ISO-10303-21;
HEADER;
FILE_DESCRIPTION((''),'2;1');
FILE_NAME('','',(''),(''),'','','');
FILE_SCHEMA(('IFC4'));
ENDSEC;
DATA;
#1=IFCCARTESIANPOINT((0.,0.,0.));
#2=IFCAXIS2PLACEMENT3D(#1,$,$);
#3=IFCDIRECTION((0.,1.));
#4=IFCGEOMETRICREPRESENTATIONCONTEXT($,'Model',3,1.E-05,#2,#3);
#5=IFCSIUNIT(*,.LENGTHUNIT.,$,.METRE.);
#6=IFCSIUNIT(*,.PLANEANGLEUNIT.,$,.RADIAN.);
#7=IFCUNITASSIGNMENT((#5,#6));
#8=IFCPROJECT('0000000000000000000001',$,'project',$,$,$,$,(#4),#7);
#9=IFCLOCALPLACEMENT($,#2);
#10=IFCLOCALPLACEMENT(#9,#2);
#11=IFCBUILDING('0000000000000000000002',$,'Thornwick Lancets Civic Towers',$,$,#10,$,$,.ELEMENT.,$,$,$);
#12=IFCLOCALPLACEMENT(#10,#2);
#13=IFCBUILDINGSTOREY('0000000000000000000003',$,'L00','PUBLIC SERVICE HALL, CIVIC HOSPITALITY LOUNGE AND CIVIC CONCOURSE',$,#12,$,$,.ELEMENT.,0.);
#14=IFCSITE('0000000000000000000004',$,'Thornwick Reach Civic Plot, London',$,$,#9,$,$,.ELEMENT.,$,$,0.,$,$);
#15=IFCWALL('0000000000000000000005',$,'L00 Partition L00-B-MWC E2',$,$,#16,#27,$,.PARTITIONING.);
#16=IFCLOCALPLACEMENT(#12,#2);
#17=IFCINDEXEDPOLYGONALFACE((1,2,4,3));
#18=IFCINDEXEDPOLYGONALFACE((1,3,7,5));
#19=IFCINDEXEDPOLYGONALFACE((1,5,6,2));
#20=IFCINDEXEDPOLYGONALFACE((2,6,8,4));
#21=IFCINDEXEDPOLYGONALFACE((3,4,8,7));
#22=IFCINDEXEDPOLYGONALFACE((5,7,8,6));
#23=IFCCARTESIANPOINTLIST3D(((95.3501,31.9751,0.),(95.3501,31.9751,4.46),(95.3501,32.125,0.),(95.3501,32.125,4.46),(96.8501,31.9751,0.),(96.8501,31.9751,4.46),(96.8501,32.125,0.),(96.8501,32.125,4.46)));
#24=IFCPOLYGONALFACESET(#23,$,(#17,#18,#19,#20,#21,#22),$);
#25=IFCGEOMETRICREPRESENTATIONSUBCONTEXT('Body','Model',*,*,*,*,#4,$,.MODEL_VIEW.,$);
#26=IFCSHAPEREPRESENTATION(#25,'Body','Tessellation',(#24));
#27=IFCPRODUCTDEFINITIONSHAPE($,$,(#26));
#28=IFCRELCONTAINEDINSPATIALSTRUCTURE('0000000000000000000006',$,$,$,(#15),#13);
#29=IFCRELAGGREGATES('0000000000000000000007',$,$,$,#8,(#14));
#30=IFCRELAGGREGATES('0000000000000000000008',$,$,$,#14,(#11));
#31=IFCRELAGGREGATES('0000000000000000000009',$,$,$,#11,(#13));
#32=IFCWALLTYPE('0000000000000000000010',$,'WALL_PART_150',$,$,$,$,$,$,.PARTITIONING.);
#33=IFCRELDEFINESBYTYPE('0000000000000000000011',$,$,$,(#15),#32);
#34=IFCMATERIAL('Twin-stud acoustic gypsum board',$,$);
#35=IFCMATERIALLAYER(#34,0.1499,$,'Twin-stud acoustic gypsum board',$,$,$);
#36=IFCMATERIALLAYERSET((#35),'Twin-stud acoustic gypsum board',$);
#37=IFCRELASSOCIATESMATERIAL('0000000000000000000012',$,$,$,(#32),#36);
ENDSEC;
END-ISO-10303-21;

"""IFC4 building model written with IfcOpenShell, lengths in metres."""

from ifc_helpers import new_model, si_unit, direction, frame, frame_2d, origin, place, context, subcontext, project, spatial, rectangle, extrude, material, layer, layer_set, type_object, element, save


model = new_model("IFC4")

# Units and contexts
model_context = context("Model", 3, precision=1e-05, world=origin(), true_north=direction((0.0, 1.0)))
body_context = subcontext(model_context, "Body", "Model", "MODEL_VIEW")
ifc_project = project(units=[si_unit("LENGTHUNIT", "METRE"), si_unit("PLANEANGLEUNIT", "RADIAN")], contexts=[model_context])

# Site, building, storey
site_placement = place(None, origin())
site = spatial("IfcSite", under=ifc_project, at=site_placement, Name="Thornwick Reach Civic Plot, London", CompositionType="ELEMENT", RefElevation=0.0)
building_placement = place(site_placement, origin())
building = spatial("IfcBuilding", under=site, at=building_placement, Name="Thornwick Lancets Civic Towers", CompositionType="ELEMENT")
storey_placement = place(building_placement, origin())
storey = spatial("IfcBuildingStorey", under=building, at=storey_placement, Name="L00", Description="PUBLIC SERVICE HALL, CIVIC HOSPITALITY LOUNGE AND CIVIC CONCOURSE", CompositionType="ELEMENT", Elevation=0.0)

# Wall
ifc_material_1 = material(Name="Twin-stud acoustic gypsum board")
ifc_layer_1 = layer(ifc_material_1, 0.1499, Name="Twin-stud acoustic gypsum board")
ifc_layer_set_1 = layer_set([ifc_layer_1], Name="Twin-stud acoustic gypsum board")
wall_type_1 = type_object("IfcWallType", Name="WALL_PART_150", PredefinedType="PARTITIONING", material=ifc_layer_set_1)
wall_1_placement = place(storey_placement, frame((95.3501, 32.05, 0.0), z_axis=(0.0, 0.0, 1.0), x_axis=(1.0, 0.0, 0.0)))
element("IfcWall", 1, at=wall_1_placement, inside=storey, type_object=wall_type_1, Name="L00 Partition L00-B-MWC E2", PredefinedType="PARTITIONING", context=body_context, shape_type="SweptSolid", body=[
    extrude(rectangle(XDim=1.5, YDim=0.1499, at=frame_2d((0.75, 0.0))), origin(), (0.0, 0.0, 1.0), 4.46),
])

save(model, "model.ifc")
